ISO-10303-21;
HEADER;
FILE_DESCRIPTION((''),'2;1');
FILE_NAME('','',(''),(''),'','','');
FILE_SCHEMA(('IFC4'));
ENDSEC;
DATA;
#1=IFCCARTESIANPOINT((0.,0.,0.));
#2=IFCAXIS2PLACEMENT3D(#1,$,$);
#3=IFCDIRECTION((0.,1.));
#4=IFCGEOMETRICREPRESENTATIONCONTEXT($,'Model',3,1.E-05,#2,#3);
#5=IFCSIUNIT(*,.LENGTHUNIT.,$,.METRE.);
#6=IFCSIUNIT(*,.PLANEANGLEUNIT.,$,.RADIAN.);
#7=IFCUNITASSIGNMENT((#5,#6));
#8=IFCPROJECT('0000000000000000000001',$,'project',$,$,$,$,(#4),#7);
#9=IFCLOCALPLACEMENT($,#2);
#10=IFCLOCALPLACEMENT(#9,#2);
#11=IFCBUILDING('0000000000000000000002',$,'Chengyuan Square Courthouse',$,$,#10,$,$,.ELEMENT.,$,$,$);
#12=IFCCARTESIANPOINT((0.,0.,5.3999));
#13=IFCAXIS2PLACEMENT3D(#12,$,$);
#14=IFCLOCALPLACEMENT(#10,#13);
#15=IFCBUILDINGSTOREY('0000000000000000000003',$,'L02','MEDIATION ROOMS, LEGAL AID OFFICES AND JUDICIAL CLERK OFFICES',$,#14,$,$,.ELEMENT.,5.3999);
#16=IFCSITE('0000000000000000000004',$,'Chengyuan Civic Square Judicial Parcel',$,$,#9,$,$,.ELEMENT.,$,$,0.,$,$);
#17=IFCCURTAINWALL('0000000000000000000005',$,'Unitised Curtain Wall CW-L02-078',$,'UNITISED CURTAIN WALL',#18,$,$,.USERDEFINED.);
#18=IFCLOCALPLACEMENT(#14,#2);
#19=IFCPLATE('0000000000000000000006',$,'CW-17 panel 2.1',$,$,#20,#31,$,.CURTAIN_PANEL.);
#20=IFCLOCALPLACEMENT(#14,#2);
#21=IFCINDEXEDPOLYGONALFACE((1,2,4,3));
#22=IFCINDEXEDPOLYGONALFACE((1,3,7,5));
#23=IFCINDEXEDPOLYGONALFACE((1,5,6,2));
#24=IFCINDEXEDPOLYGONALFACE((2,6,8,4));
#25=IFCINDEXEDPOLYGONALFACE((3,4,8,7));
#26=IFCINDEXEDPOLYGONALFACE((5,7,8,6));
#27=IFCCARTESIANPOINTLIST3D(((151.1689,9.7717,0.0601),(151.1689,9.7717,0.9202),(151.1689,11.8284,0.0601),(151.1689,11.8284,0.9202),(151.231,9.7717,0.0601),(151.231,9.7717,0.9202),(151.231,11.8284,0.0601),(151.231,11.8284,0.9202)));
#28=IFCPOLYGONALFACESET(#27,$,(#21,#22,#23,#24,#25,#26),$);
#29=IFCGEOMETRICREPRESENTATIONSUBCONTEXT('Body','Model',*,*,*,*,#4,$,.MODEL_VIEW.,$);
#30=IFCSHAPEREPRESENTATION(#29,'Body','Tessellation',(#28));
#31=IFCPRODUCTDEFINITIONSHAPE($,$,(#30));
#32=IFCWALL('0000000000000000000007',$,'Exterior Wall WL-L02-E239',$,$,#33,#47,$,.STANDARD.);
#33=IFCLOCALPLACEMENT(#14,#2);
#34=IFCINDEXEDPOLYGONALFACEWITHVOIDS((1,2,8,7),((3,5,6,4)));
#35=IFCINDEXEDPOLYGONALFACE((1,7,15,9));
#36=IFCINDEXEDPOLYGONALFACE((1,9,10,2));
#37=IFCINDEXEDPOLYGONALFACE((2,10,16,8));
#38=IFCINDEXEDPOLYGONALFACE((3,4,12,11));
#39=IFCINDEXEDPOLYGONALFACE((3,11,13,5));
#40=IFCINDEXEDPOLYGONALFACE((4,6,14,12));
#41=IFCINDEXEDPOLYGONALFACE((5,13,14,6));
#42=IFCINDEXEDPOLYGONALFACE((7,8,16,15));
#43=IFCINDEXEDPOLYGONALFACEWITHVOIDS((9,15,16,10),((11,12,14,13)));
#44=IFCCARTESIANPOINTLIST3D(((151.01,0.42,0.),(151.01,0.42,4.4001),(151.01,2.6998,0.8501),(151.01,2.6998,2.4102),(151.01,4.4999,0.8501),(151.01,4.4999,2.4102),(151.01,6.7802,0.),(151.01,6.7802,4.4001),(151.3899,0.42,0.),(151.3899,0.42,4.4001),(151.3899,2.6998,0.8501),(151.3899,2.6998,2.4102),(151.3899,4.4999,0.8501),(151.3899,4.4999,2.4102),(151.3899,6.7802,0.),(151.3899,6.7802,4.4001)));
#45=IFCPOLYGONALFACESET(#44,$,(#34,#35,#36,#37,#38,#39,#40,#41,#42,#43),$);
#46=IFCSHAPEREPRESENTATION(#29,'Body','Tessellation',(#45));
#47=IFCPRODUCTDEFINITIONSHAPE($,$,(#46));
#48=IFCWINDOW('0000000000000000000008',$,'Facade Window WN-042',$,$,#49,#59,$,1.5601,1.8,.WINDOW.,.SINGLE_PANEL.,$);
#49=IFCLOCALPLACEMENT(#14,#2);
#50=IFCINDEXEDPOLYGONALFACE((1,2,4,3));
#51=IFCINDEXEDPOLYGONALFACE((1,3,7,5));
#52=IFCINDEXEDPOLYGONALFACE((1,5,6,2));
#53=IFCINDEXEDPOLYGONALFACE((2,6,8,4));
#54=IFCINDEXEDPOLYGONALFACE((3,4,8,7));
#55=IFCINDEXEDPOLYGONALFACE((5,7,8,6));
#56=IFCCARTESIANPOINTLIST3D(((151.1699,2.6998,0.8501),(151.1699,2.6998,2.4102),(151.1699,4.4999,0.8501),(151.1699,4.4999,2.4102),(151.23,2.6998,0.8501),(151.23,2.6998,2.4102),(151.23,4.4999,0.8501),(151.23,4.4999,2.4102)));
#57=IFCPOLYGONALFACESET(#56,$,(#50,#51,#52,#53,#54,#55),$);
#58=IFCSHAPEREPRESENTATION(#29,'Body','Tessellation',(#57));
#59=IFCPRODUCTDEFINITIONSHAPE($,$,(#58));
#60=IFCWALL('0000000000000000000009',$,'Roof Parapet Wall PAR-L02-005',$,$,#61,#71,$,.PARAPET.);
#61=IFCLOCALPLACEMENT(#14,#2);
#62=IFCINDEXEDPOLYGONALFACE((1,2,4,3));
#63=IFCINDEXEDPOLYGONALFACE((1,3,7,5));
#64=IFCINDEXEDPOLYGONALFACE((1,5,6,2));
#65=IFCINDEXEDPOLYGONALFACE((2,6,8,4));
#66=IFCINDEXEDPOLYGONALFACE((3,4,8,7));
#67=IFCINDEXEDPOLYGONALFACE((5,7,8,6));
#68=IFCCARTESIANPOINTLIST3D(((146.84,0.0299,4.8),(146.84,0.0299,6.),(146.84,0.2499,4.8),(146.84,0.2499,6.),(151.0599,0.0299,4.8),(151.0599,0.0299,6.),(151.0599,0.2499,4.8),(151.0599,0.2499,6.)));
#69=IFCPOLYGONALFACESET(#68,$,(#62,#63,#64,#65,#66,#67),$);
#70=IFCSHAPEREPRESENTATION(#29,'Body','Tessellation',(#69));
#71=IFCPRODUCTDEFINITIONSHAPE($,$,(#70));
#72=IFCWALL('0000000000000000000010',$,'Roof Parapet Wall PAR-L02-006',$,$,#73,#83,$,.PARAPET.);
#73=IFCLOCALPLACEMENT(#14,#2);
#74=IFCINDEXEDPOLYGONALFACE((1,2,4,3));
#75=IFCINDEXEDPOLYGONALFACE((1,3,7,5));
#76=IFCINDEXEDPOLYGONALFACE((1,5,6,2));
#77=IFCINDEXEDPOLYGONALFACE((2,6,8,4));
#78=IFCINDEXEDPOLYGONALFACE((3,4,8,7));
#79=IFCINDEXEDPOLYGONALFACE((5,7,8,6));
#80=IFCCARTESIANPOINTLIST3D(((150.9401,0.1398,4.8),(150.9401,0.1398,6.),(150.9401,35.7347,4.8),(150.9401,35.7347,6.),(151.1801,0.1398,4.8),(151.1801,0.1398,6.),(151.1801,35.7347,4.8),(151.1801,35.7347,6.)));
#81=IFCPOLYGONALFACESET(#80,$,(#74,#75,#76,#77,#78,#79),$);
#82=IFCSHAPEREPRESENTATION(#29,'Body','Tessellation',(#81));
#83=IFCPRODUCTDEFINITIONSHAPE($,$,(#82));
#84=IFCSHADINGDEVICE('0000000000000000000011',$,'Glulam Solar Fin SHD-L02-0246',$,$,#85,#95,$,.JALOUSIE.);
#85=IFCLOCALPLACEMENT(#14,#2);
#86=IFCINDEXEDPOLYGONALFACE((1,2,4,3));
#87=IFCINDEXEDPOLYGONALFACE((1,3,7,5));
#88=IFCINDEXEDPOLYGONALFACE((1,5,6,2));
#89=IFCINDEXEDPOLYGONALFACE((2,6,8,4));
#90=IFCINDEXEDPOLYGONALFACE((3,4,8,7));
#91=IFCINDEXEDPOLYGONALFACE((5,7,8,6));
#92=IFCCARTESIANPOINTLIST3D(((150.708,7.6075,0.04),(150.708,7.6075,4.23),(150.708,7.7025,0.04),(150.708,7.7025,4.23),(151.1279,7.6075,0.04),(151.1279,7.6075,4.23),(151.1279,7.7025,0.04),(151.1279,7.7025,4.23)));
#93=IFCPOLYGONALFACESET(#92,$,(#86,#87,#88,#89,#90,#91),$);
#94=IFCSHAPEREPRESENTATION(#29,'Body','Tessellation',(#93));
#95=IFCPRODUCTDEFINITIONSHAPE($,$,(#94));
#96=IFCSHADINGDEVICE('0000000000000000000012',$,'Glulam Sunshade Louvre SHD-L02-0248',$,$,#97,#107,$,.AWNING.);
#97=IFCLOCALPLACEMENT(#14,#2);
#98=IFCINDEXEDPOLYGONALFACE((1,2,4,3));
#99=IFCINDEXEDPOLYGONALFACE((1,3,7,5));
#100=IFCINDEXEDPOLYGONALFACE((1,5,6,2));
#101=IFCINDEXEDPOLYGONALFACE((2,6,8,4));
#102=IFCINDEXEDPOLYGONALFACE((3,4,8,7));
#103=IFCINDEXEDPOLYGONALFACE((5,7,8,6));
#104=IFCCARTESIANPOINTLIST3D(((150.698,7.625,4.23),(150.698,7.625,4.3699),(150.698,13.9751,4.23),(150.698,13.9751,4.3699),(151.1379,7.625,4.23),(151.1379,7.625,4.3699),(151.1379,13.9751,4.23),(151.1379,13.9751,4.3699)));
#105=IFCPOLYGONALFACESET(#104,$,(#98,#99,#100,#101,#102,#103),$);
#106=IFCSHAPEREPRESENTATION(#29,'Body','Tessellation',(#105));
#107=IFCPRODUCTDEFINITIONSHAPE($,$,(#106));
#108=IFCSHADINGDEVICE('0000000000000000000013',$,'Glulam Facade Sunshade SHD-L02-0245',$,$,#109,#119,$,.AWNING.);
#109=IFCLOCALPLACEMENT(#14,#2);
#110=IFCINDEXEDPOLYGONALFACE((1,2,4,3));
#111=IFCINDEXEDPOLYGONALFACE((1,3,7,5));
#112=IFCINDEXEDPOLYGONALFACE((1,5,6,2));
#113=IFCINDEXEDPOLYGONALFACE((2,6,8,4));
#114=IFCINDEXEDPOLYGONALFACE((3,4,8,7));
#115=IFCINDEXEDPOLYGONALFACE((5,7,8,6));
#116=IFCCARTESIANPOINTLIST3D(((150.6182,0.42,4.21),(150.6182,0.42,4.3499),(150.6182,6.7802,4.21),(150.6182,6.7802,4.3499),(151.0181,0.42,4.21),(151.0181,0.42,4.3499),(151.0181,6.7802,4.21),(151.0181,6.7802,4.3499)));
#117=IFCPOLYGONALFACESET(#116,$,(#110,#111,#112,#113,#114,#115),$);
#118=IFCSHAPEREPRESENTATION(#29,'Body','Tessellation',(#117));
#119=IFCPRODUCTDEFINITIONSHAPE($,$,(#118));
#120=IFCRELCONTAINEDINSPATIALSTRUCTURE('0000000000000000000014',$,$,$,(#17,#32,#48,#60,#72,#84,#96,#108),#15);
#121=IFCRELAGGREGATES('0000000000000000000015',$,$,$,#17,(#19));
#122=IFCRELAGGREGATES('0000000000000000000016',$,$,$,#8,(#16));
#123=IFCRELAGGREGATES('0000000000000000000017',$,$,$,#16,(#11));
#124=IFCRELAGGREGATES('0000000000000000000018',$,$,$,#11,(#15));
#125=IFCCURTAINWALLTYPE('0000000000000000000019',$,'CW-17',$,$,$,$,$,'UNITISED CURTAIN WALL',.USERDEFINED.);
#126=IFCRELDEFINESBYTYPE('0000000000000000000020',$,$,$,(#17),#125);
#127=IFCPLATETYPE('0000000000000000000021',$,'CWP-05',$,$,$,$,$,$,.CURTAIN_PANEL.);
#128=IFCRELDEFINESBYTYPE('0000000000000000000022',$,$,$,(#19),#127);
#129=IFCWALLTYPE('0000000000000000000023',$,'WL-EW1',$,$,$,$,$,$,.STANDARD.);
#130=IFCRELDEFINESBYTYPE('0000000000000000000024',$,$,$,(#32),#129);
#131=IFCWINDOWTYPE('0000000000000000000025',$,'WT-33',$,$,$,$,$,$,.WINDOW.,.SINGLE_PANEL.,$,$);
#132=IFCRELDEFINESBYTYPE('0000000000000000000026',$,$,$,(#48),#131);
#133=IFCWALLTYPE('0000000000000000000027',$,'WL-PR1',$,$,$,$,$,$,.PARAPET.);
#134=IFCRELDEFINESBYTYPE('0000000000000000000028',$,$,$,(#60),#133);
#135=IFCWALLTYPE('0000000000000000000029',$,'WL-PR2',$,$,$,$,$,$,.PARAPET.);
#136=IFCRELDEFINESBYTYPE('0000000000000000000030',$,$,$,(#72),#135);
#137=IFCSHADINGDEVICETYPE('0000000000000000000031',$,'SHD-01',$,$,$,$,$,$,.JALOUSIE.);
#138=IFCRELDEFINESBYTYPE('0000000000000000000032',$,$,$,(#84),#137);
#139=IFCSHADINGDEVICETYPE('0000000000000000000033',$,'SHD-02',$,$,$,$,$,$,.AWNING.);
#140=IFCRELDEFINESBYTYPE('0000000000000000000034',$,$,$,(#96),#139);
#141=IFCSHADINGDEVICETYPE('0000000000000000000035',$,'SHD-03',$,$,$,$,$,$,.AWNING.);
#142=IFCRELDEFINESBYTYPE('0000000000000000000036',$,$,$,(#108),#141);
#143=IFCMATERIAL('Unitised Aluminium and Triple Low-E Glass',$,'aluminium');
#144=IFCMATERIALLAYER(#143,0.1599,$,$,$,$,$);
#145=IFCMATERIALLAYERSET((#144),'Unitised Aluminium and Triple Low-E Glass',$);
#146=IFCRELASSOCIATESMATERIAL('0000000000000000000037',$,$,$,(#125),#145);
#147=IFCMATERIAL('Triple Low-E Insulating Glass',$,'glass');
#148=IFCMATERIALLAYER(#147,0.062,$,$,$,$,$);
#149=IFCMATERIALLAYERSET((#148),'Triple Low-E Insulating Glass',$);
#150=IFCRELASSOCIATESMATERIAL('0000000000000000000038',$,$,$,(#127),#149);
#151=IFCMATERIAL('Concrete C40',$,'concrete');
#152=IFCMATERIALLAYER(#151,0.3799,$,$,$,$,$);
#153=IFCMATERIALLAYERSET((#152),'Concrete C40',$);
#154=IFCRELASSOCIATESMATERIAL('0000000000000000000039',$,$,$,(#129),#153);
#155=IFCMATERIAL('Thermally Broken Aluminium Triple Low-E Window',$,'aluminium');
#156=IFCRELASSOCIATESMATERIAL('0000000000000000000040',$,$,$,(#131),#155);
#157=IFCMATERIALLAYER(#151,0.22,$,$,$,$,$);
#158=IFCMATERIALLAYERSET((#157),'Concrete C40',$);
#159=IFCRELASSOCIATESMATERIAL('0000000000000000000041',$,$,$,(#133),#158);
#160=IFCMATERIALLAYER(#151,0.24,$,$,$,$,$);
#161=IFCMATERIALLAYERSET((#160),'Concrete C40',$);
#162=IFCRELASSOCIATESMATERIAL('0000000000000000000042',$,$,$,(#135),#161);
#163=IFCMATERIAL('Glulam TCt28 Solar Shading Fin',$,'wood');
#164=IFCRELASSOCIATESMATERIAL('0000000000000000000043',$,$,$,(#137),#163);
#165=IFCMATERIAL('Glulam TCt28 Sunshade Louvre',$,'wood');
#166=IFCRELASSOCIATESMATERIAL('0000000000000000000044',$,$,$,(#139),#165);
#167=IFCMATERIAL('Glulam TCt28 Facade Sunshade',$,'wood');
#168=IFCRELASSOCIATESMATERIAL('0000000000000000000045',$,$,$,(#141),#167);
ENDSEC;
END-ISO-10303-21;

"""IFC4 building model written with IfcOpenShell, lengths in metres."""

from ifc_helpers import new_model, si_unit, direction, frame, frame_2d, origin, origin_2d, place, context, subcontext, project, spatial, rectangle, extrude, material, layer, layer_set, type_object, element, fill, aggregate, save


model = new_model("IFC4")

# Units and contexts
model_context = context("Model", 3, precision=1e-05, world=origin(), true_north=direction((0.0, 1.0)))
body_context = subcontext(model_context, "Body", "Model", "MODEL_VIEW")
ifc_project = project(units=[si_unit("LENGTHUNIT", "METRE"), si_unit("PLANEANGLEUNIT", "RADIAN")], contexts=[model_context])

# Site, building, storey
site_placement = place(None, origin())
site = spatial("IfcSite", under=ifc_project, at=site_placement, Name="Chengyuan Civic Square Judicial Parcel", CompositionType="ELEMENT", RefElevation=0.0)
building_placement = place(site_placement, origin())
building = spatial("IfcBuilding", under=site, at=building_placement, Name="Chengyuan Square Courthouse", CompositionType="ELEMENT")
storey_placement = place(building_placement, frame((0.0, 0.0, 5.3999)))
storey = spatial("IfcBuildingStorey", under=building, at=storey_placement, Name="L02", Description="MEDIATION ROOMS, LEGAL AID OFFICES AND JUDICIAL CLERK OFFICES", CompositionType="ELEMENT", Elevation=5.3999)

# Shared definitions
ifc_material_1 = material(Name="Concrete C40", Category="concrete")

# Curtain wall
ifc_material_2 = material(Name="Unitised Aluminium and Triple Low-E Glass", Category="aluminium")
ifc_layer_1 = layer(ifc_material_2, 0.1599)
ifc_layer_set_1 = layer_set([ifc_layer_1], Name="Unitised Aluminium and Triple Low-E Glass")
curtain_wall_type = type_object("IfcCurtainWallType", Name="CW-17", ElementType="UNITISED CURTAIN WALL", PredefinedType="USERDEFINED", material=ifc_layer_set_1)
curtain_wall_placement = place(storey_placement, origin())
curtain_wall = element("IfcCurtainWall", 1, at=curtain_wall_placement, inside=storey, type_object=curtain_wall_type, Name="Unitised Curtain Wall CW-L02-078", ObjectType="UNITISED CURTAIN WALL", PredefinedType="USERDEFINED")

# Plate
ifc_material_3 = material(Name="Triple Low-E Insulating Glass", Category="glass")
ifc_layer_2 = layer(ifc_material_3, 0.062)
ifc_layer_set_2 = layer_set([ifc_layer_2], Name="Triple Low-E Insulating Glass")
plate_type = type_object("IfcPlateType", Name="CWP-05", PredefinedType="CURTAIN_PANEL", material=ifc_layer_set_2)
plate_1_placement = place(storey_placement, frame((151.2, 10.8, 0.0601), z_axis=(0.0, 0.0, 1.0), x_axis=(0.0, 1.0, 0.0)))
plate_1 = element("IfcPlate", 2, at=plate_1_placement, type_object=plate_type, Name="CW-17 panel 2.1", PredefinedType="CURTAIN_PANEL", context=body_context, shape_type="SweptSolid", body=[
    extrude(rectangle(XDim=2.0566, YDim=0.062, at=origin_2d()), origin(), (0.0, 0.0, 1.0), 0.8601),
])
aggregate(curtain_wall, [plate_1])

# Wall, opening, window
ifc_layer_3 = layer(ifc_material_1, 0.3799)
ifc_layer_set_3 = layer_set([ifc_layer_3], Name="Concrete C40")
wall_type_1 = type_object("IfcWallType", Name="WL-EW1", PredefinedType="STANDARD", material=ifc_layer_set_3)
wall_1_placement = place(storey_placement, frame((151.2, 0.4199, 0.0), z_axis=(0.0, 0.0, 1.0), x_axis=(0.0, 1.0, 0.0)))
wall_1 = element("IfcWall", 3, at=wall_1_placement, inside=storey, type_object=wall_type_1, Name="Exterior Wall WL-L02-E239", PredefinedType="STANDARD", context=body_context, shape_type="SweptSolid", body=[
    extrude(rectangle(XDim=6.3601, YDim=0.3799, at=frame_2d((3.1802, 0.0))), origin(), (0.0, 0.0, 1.0), 4.4001),
])
opening_placement = place(wall_1_placement, frame((2.28, 0.0, 0.8501)))
opening = element("IfcOpeningElement", 4, at=opening_placement, cuts=wall_1, PredefinedType="OPENING", context=body_context, shape_type="SweptSolid", body=[
    extrude(rectangle(XDim=1.8, YDim=1.5601, at=frame_2d((0.8999, 0.78))), frame((0.0, 0.2019, 0.0), z_axis=(0.0, -1.0, 0.0), x_axis=(1.0, 0.0, 0.0)), (0.0, 0.0, 1.0), 0.4038),
])
ifc_material_4 = material(Name="Thermally Broken Aluminium Triple Low-E Window", Category="aluminium")
window_type = type_object("IfcWindowType", Name="WT-33", PartitioningType="SINGLE_PANEL", PredefinedType="WINDOW", material=ifc_material_4)
window_placement = place(opening_placement, origin())
window = element("IfcWindow", 5, at=window_placement, inside=storey, type_object=window_type, Name="Facade Window WN-042", OverallHeight=1.5601, OverallWidth=1.8, PartitioningType="SINGLE_PANEL", PredefinedType="WINDOW", context=body_context, shape_type="SweptSolid", body=[
    extrude(rectangle(XDim=1.8, YDim=1.5601, at=frame_2d((0.8999, 0.78))), frame((0.0, 0.03, 0.0), z_axis=(0.0, -1.0, 0.0), x_axis=(1.0, 0.0, 0.0)), (0.0, 0.0, 1.0), 0.0601),
])
fill(opening, window)

# Walls
ifc_layer_4 = layer(ifc_material_1, 0.22)
ifc_layer_set_4 = layer_set([ifc_layer_4], Name="Concrete C40")
wall_type_2 = type_object("IfcWallType", Name="WL-PR1", PredefinedType="PARAPET", material=ifc_layer_set_4)
wall_2_placement = place(storey_placement, frame((146.8401, 0.1399, 4.8), z_axis=(0.0, 0.0, 1.0), x_axis=(1.0, 0.0, 0.0)))
element("IfcWall", 6, at=wall_2_placement, inside=storey, type_object=wall_type_2, Name="Roof Parapet Wall PAR-L02-005", PredefinedType="PARAPET", context=body_context, shape_type="SweptSolid", body=[
    extrude(rectangle(XDim=4.22, YDim=0.22, at=frame_2d((2.1099, 0.0))), origin(), (0.0, 0.0, 1.0), 1.2),
])
ifc_layer_5 = layer(ifc_material_1, 0.24)
ifc_layer_set_5 = layer_set([ifc_layer_5], Name="Concrete C40")
wall_type_3 = type_object("IfcWallType", Name="WL-PR2", PredefinedType="PARAPET", material=ifc_layer_set_5)
wall_3_placement = place(storey_placement, frame((151.0601, 0.1399, 4.8), z_axis=(0.0, 0.0, 1.0), x_axis=(0.0, 1.0, 0.0)))
element("IfcWall", 7, at=wall_3_placement, inside=storey, type_object=wall_type_3, Name="Roof Parapet Wall PAR-L02-006", PredefinedType="PARAPET", context=body_context, shape_type="SweptSolid", body=[
    extrude(rectangle(XDim=35.595, YDim=0.24, at=frame_2d((17.7974, 0.0))), origin(), (0.0, 0.0, 1.0), 1.2),
])

# Shading devices
ifc_material_5 = material(Name="Glulam TCt28 Solar Shading Fin", Category="wood")
shading_device_type_1 = type_object("IfcShadingDeviceType", Name="SHD-01", PredefinedType="JALOUSIE", material=ifc_material_5)
shading_device_1_placement = place(storey_placement, frame((150.918, 7.655, 0.04), z_axis=(0.0, 0.0, 1.0), x_axis=(1.0, 0.0, 0.0)))
element("IfcShadingDevice", 8, at=shading_device_1_placement, inside=storey, type_object=shading_device_type_1, Name="Glulam Solar Fin SHD-L02-0246", PredefinedType="JALOUSIE", context=body_context, shape_type="SweptSolid", body=[
    extrude(rectangle(XDim=0.4199, YDim=0.095, at=origin_2d()), origin(), (0.0, 0.0, 1.0), 4.1899),
])
ifc_material_6 = material(Name="Glulam TCt28 Sunshade Louvre", Category="wood")
shading_device_type_2 = type_object("IfcShadingDeviceType", Name="SHD-02", PredefinedType="AWNING", material=ifc_material_6)
shading_device_2_placement = place(storey_placement, frame((150.918, 10.8, 4.23), z_axis=(0.0, 0.0, 1.0), x_axis=(0.0, 1.0, 0.0)))
element("IfcShadingDevice", 9, at=shading_device_2_placement, inside=storey, type_object=shading_device_type_2, Name="Glulam Sunshade Louvre SHD-L02-0248", PredefinedType="AWNING", context=body_context, shape_type="SweptSolid", body=[
    extrude(rectangle(XDim=6.3501, YDim=0.4399, at=origin_2d()), origin(), (0.0, 0.0, 1.0), 0.1399),
])
ifc_material_7 = material(Name="Glulam TCt28 Facade Sunshade", Category="wood")
shading_device_type_3 = type_object("IfcShadingDeviceType", Name="SHD-03", PredefinedType="AWNING", material=ifc_material_7)
shading_device_3_placement = place(storey_placement, frame((150.8181, 3.6001, 4.21), z_axis=(0.0, 0.0, 1.0), x_axis=(0.0, 1.0, 0.0)))
element("IfcShadingDevice", 10, at=shading_device_3_placement, inside=storey, type_object=shading_device_type_3, Name="Glulam Facade Sunshade SHD-L02-0245", PredefinedType="AWNING", context=body_context, shape_type="SweptSolid", body=[
    extrude(rectangle(XDim=6.3601, YDim=0.3999, at=origin_2d()), origin(), (0.0, 0.0, 1.0), 0.1399),
])

save(model, "model.ifc")
